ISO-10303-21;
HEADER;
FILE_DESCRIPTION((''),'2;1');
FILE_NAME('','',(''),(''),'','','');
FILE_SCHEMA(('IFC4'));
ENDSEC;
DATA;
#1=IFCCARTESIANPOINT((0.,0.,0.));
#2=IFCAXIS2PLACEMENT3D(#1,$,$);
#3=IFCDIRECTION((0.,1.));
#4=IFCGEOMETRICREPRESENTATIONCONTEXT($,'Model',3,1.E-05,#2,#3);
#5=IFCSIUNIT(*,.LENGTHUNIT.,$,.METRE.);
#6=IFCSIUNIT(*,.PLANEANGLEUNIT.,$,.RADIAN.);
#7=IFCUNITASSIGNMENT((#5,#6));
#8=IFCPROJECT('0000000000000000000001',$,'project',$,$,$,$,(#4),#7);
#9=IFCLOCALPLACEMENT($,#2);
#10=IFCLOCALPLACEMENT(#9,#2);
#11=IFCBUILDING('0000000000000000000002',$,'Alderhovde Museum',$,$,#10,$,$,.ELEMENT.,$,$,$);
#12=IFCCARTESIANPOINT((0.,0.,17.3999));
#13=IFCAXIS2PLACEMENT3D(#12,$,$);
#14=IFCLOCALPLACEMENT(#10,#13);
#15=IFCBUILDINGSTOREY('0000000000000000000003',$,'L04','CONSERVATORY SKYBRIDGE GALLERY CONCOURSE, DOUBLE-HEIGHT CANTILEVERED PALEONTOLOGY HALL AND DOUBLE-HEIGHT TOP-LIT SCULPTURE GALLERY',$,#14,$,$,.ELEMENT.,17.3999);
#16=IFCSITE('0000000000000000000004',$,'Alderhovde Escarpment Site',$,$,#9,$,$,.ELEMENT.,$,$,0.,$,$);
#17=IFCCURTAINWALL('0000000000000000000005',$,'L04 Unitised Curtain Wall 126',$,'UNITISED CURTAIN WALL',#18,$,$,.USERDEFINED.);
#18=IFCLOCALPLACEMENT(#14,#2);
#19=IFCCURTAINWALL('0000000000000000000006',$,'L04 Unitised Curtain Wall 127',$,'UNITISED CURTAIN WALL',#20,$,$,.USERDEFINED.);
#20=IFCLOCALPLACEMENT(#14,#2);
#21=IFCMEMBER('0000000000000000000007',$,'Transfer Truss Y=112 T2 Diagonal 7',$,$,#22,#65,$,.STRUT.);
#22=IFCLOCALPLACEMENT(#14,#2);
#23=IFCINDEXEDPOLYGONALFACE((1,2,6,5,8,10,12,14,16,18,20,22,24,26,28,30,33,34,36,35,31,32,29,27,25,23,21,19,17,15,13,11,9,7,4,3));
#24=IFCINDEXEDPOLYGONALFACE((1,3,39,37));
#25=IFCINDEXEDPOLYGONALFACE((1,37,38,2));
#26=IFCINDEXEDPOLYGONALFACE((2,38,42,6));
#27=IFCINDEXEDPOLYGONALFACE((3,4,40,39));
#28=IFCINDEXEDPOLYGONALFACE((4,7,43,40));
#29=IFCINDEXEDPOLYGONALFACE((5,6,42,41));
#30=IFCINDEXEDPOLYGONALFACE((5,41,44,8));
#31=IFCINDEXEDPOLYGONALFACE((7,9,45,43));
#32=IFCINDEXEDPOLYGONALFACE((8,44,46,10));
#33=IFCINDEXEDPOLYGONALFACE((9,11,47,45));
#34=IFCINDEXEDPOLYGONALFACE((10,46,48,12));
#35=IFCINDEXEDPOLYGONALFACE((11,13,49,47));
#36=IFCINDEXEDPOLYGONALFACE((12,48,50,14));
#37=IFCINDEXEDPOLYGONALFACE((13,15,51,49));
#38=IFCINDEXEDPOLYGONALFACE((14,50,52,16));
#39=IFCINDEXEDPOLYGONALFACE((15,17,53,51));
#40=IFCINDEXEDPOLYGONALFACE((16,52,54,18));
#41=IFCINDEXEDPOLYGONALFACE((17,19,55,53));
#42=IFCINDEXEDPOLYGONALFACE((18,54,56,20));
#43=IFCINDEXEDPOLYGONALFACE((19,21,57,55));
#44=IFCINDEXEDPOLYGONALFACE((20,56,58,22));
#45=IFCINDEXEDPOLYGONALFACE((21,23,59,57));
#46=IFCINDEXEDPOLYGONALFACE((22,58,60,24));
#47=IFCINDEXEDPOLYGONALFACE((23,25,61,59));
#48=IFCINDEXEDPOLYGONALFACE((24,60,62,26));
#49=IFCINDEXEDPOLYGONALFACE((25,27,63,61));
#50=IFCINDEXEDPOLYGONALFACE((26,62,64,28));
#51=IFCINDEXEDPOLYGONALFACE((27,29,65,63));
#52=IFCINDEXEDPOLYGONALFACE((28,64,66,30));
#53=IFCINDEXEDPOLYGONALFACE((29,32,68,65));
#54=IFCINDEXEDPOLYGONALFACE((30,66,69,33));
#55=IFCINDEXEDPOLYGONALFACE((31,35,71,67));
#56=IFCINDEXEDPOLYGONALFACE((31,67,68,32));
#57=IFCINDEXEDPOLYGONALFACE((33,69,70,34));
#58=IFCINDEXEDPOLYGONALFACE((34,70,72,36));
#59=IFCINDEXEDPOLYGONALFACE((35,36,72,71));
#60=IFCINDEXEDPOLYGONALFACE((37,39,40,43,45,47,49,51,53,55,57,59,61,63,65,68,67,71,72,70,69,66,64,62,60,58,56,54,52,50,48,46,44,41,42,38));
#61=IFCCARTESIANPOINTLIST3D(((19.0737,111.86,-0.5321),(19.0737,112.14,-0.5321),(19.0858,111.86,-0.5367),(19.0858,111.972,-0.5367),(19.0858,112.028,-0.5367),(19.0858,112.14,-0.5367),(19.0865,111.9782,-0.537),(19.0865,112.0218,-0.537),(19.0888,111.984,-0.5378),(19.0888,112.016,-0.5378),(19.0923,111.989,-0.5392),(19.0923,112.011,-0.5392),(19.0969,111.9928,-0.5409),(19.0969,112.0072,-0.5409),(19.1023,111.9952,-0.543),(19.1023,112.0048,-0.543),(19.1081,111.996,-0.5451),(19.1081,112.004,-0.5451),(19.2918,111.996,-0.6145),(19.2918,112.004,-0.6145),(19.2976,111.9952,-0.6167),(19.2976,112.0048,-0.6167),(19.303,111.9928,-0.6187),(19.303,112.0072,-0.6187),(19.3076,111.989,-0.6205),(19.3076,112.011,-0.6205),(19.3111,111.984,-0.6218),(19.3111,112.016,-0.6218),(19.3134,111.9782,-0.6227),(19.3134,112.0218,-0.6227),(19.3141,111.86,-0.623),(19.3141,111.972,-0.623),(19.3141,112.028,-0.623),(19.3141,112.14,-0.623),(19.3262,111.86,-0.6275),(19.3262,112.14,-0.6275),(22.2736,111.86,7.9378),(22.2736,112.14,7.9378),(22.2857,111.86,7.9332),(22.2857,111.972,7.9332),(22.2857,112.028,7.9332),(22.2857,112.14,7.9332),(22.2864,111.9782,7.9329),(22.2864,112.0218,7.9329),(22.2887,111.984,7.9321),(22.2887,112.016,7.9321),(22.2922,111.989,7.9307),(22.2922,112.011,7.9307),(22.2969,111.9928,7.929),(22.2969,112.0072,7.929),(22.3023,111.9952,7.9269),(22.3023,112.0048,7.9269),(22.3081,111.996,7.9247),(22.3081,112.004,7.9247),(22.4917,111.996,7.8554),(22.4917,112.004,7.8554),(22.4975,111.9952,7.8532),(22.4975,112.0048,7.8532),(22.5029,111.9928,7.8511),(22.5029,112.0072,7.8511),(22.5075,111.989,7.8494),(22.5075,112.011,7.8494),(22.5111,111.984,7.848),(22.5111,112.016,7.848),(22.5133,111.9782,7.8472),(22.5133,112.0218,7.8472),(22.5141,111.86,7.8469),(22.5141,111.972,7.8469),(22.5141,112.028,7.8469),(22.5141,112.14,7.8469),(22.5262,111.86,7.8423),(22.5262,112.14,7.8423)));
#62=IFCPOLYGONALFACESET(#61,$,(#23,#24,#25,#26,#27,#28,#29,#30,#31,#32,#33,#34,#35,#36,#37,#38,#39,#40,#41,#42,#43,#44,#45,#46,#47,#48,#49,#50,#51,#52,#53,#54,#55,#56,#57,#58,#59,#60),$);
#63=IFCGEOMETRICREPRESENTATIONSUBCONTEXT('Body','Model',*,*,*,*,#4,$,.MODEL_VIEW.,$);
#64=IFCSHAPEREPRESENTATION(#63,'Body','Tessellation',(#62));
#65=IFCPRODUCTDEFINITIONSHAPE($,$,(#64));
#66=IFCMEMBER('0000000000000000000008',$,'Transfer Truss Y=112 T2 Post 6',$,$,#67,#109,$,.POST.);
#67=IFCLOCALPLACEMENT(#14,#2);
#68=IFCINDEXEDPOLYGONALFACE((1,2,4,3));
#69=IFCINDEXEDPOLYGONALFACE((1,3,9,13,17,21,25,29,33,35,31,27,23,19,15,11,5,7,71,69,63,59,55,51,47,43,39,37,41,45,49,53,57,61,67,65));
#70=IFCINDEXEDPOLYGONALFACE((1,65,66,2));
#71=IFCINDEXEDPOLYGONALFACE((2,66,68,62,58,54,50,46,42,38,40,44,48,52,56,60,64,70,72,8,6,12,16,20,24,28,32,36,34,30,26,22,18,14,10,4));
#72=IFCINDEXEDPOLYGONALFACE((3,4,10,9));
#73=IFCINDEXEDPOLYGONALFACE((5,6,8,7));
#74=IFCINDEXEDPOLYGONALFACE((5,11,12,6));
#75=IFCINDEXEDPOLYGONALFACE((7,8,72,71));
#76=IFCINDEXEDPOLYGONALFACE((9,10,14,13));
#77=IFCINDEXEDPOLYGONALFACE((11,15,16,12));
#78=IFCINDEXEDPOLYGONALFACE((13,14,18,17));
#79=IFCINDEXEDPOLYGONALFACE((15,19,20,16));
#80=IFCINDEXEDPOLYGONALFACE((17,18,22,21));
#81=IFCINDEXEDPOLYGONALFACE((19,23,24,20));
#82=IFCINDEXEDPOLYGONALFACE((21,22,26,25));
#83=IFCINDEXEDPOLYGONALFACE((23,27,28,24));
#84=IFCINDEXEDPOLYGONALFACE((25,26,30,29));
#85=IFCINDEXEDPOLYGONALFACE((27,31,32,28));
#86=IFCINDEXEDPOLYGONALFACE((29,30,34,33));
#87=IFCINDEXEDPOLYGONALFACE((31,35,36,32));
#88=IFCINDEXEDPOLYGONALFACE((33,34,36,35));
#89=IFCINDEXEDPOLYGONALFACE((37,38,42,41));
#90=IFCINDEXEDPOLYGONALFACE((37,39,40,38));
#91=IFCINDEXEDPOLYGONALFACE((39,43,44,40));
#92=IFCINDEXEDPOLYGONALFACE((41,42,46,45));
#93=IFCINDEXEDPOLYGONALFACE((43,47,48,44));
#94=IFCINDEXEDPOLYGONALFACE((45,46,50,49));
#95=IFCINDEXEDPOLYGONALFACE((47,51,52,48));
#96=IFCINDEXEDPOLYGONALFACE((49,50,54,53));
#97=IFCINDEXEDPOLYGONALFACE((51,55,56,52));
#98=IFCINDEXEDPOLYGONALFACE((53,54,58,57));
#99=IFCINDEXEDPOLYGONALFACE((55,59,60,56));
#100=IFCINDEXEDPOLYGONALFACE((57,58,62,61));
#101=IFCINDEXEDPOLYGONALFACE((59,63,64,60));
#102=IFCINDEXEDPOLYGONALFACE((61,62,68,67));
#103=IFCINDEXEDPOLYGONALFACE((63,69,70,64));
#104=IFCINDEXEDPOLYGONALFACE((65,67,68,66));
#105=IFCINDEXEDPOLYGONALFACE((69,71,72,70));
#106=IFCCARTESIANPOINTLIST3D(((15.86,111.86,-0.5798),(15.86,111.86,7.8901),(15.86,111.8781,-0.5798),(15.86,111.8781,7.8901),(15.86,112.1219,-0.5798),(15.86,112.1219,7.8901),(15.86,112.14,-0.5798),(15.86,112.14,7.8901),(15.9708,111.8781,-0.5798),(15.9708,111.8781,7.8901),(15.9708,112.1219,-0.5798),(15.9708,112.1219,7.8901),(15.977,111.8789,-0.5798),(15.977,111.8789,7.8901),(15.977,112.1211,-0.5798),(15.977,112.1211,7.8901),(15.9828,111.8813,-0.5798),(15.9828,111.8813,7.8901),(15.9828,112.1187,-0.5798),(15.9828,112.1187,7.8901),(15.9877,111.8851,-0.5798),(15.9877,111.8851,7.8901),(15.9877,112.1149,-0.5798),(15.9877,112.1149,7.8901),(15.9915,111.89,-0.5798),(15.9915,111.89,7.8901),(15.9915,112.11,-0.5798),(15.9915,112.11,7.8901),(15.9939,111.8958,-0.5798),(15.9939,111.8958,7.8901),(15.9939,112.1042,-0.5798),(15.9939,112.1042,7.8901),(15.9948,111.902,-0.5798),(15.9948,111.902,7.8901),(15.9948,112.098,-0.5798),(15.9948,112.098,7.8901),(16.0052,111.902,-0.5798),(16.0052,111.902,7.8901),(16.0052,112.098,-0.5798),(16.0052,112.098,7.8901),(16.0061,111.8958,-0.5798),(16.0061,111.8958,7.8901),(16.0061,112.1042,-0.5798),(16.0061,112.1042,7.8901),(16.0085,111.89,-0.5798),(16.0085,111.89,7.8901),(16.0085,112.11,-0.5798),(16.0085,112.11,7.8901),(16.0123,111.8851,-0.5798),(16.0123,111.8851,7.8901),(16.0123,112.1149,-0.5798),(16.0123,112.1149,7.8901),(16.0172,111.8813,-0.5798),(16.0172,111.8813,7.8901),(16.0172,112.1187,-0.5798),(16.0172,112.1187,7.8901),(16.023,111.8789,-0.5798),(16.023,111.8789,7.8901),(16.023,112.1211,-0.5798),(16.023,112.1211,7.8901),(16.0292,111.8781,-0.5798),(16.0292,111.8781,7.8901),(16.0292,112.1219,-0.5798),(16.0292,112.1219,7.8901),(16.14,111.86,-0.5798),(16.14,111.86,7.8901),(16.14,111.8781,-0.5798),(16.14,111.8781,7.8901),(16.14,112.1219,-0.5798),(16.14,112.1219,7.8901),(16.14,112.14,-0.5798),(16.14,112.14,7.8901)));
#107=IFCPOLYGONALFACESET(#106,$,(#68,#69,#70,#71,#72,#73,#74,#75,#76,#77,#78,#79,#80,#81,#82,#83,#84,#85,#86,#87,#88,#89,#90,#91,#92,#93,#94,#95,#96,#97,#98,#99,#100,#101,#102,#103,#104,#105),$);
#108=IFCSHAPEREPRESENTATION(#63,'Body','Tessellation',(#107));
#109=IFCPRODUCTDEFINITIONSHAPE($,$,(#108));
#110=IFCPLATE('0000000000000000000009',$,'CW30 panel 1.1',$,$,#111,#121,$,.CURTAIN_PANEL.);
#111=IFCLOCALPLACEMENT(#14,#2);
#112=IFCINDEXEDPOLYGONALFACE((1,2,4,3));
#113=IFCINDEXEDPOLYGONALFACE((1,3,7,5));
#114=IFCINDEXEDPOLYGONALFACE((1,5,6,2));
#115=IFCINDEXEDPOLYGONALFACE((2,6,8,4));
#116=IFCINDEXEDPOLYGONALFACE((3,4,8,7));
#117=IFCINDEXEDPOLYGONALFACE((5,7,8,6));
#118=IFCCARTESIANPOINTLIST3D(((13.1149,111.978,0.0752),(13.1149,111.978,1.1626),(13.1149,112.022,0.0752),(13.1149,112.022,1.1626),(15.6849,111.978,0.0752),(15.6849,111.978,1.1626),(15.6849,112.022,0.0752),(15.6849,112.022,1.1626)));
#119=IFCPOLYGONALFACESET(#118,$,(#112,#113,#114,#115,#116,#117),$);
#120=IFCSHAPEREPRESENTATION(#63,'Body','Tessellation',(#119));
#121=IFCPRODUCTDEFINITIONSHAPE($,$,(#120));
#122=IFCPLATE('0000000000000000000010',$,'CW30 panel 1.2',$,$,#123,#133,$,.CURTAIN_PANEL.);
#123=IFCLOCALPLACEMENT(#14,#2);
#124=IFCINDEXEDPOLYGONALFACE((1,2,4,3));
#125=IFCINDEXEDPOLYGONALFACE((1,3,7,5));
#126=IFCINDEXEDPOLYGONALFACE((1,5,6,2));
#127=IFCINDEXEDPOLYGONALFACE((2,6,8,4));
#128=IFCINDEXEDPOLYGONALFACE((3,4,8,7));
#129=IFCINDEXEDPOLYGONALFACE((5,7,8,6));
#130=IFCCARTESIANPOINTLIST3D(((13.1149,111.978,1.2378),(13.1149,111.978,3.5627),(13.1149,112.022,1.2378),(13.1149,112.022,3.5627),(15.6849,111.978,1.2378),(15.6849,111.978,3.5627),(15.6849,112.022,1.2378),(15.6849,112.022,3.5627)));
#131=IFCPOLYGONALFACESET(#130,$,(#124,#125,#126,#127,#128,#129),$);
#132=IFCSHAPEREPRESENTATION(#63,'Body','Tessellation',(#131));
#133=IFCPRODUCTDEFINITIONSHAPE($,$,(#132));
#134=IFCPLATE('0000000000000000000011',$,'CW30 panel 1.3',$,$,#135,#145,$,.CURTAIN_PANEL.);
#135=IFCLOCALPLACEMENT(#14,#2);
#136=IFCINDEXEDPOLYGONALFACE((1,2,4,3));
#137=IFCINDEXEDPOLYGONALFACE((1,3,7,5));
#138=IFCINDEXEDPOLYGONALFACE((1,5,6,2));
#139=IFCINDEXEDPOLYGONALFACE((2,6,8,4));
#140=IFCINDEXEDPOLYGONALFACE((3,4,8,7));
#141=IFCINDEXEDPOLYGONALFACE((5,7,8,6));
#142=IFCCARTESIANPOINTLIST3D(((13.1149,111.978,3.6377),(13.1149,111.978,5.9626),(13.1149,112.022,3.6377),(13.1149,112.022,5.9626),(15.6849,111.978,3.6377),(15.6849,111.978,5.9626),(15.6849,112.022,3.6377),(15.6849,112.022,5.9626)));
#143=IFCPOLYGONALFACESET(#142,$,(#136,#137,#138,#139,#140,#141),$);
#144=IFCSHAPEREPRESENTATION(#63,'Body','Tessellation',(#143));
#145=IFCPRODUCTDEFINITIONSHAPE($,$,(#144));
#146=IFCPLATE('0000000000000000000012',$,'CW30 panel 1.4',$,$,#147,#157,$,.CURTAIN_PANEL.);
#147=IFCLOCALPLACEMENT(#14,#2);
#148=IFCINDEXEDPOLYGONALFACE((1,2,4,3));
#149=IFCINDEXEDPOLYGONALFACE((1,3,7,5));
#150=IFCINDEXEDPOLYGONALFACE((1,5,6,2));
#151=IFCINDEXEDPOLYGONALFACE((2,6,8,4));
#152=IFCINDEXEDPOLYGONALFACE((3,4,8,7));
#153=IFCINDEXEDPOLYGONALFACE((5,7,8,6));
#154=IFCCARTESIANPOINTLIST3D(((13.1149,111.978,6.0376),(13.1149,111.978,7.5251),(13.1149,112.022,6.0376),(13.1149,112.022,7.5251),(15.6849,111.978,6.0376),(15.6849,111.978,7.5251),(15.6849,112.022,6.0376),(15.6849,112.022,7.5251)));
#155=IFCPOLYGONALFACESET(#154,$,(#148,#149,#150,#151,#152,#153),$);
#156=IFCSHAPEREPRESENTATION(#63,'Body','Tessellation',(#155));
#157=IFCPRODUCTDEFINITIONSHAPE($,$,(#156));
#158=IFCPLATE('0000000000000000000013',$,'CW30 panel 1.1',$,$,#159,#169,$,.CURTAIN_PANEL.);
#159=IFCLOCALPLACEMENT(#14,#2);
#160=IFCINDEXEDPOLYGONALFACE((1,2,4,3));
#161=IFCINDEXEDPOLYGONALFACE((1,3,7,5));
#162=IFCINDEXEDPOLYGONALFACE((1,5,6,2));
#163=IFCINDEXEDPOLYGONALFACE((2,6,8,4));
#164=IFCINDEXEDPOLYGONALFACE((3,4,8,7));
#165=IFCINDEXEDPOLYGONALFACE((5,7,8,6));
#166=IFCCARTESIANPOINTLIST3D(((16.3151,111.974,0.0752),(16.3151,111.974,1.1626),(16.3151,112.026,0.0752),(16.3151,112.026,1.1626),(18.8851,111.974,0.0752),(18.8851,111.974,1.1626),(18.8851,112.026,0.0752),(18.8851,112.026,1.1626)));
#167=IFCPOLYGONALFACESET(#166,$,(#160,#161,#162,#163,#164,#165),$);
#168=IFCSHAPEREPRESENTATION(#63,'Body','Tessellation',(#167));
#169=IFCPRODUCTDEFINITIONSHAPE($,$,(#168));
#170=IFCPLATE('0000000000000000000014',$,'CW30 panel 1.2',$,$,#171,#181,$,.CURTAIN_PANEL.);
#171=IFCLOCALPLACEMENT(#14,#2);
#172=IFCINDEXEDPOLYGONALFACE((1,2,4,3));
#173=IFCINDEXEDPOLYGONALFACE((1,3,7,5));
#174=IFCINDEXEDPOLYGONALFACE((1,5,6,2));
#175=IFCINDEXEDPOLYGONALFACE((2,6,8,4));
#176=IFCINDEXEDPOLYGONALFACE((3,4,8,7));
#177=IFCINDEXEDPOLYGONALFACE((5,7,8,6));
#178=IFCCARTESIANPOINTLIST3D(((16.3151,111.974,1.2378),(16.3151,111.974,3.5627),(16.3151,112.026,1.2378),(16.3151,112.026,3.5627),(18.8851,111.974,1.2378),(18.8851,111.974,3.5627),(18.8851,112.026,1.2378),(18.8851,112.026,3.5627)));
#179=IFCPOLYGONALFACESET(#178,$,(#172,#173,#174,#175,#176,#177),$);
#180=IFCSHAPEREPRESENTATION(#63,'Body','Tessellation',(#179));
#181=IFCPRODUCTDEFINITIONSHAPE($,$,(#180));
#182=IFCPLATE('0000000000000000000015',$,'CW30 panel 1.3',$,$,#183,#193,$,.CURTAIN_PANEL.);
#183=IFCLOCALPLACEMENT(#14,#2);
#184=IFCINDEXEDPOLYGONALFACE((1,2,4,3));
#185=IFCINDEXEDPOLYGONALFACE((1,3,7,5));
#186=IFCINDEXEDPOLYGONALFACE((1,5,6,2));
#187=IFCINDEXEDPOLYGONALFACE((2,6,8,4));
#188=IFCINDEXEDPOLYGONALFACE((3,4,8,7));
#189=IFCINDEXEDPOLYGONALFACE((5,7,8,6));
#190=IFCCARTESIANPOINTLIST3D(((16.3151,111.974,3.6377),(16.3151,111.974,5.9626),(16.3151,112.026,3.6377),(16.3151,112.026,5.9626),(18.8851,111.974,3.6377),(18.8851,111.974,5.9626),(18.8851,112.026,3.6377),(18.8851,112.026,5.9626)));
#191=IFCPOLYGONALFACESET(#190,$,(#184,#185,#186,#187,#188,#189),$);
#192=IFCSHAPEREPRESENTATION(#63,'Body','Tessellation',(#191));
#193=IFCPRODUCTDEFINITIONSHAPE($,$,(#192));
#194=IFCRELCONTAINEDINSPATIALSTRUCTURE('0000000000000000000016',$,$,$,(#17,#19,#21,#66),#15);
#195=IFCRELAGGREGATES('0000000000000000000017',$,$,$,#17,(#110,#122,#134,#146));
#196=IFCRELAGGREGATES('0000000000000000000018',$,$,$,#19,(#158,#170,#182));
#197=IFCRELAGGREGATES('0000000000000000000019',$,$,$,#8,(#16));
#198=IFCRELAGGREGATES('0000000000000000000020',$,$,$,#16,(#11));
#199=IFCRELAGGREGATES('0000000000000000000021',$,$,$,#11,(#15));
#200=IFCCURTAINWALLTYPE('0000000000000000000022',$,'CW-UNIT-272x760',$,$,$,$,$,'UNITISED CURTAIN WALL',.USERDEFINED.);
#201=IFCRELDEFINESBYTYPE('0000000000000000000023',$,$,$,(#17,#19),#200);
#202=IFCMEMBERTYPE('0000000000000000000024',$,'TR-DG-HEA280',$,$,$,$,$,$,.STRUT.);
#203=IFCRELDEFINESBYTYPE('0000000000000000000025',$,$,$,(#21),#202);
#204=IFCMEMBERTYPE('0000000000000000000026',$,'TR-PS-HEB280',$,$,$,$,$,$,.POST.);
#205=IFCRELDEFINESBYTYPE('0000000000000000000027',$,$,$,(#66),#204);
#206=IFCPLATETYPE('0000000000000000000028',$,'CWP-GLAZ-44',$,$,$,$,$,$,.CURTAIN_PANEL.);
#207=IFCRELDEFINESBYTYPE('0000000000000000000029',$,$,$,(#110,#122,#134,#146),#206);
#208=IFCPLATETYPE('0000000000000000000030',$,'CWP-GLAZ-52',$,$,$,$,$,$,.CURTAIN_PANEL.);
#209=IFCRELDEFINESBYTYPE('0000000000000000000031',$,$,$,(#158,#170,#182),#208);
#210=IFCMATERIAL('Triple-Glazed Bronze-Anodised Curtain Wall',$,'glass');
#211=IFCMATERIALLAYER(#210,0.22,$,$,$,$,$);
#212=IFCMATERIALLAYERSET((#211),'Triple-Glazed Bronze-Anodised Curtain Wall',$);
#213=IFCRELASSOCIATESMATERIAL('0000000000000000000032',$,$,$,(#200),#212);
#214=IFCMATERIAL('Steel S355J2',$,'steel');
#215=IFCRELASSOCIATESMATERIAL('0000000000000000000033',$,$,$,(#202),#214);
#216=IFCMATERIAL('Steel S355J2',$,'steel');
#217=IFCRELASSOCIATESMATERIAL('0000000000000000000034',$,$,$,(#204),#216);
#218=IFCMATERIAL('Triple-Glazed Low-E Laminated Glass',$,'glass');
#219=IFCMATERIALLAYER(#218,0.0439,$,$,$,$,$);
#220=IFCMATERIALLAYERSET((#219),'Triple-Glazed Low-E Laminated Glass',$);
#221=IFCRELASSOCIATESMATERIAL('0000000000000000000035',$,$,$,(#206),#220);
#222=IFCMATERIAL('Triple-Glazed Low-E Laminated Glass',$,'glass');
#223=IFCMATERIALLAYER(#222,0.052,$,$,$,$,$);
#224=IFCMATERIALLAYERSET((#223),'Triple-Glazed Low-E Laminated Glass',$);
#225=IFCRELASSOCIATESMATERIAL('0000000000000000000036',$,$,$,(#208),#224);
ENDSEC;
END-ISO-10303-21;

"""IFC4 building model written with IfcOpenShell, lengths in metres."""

from ifc_helpers import new_model, si_unit, direction, frame, origin, origin_2d, place, context, subcontext, project, spatial, rectangle, i_section, extrude, material, layer, layer_set, material_profile, profile_set, type_object, element, aggregate, save


model = new_model("IFC4")

# Units and contexts
model_context = context("Model", 3, precision=1e-05, world=origin(), true_north=direction((0.0, 1.0)))
body_context = subcontext(model_context, "Body", "Model", "MODEL_VIEW")
ifc_project = project(units=[si_unit("LENGTHUNIT", "METRE"), si_unit("PLANEANGLEUNIT", "RADIAN")], contexts=[model_context])

# Site, building, storey
site_placement = place(None, origin())
site = spatial("IfcSite", under=ifc_project, at=site_placement, Name="Alderhovde Escarpment Site", CompositionType="ELEMENT", RefElevation=0.0)
building_placement = place(site_placement, origin())
building = spatial("IfcBuilding", under=site, at=building_placement, Name="Alderhovde Museum", CompositionType="ELEMENT")
storey_placement = place(building_placement, frame((0.0, 0.0, 17.3999)))
storey = spatial("IfcBuildingStorey", under=building, at=storey_placement, Name="L04", Description="CONSERVATORY SKYBRIDGE GALLERY CONCOURSE, DOUBLE-HEIGHT CANTILEVERED PALEONTOLOGY HALL AND DOUBLE-HEIGHT TOP-LIT SCULPTURE GALLERY", CompositionType="ELEMENT", Elevation=17.3999)

# Curtain walls
ifc_material_1 = material(Name="Triple-Glazed Bronze-Anodised Curtain Wall", Category="glass")
ifc_layer_1 = layer(ifc_material_1, 0.22)
ifc_layer_set_1 = layer_set([ifc_layer_1], Name="Triple-Glazed Bronze-Anodised Curtain Wall")
curtain_wall_type = type_object("IfcCurtainWallType", Name="CW-UNIT-272x760", ElementType="UNITISED CURTAIN WALL", PredefinedType="USERDEFINED", material=ifc_layer_set_1)
curtain_wall_1_placement = place(storey_placement, origin())
curtain_wall_1 = element("IfcCurtainWall", 1, at=curtain_wall_1_placement, inside=storey, type_object=curtain_wall_type, Name="L04 Unitised Curtain Wall 126", ObjectType="UNITISED CURTAIN WALL", PredefinedType="USERDEFINED")
curtain_wall_2_placement = place(storey_placement, origin())
curtain_wall_2 = element("IfcCurtainWall", 2, at=curtain_wall_2_placement, inside=storey, type_object=curtain_wall_type, Name="L04 Unitised Curtain Wall 127", ObjectType="UNITISED CURTAIN WALL", PredefinedType="USERDEFINED")

# Members
ifc_material_2 = material(Name="Steel S355J2", Category="steel")
ifc_material_profile_1 = material_profile(ifc_material_2, i_section(OverallWidth=0.28, OverallDepth=0.27, WebThickness=0.0081, FlangeThickness=0.0129, FilletRadius=0.0239, at=origin_2d()), Name="HEA 280")
ifc_profile_set_1 = profile_set([ifc_material_profile_1], Name="Steel S355J2")
member_type_1 = type_object("IfcMemberType", Name="TR-DG-HEA280", PredefinedType="STRUT", material=ifc_profile_set_1)
for number, where, z_axis, x_axis, name in (
    (3, (19.2, 112.0, -0.5798), (0.353418, 0.0, 0.935465), (0.0, 1.0, 0.0), "Transfer Truss Y=112 T2 Diagonal 7"),
):
    element("IfcMember", number, at=place(storey_placement, frame(where, z_axis=z_axis, x_axis=x_axis)), inside=storey, type_object=member_type_1, Name=name, PredefinedType="STRUT", context=body_context, shape_type="SweptSolid", body=[
        extrude(i_section(OverallWidth=0.28, OverallDepth=0.27, WebThickness=0.0081, FlangeThickness=0.0129, FilletRadius=0.0239, at=origin_2d()), origin(), (0.0, 0.0, 1.0), 9.0542),
    ])
ifc_material_3 = material(Name="Steel S355J2", Category="steel")
ifc_material_profile_2 = material_profile(ifc_material_3, i_section(OverallWidth=0.28, OverallDepth=0.28, WebThickness=0.0105, FlangeThickness=0.0181, FilletRadius=0.0239, at=origin_2d()), Name="HEB 280")
ifc_profile_set_2 = profile_set([ifc_material_profile_2], Name="Steel S355J2")
member_type_2 = type_object("IfcMemberType", Name="TR-PS-HEB280", PredefinedType="POST", material=ifc_profile_set_2)
member_1_placement = place(storey_placement, frame((16.0, 112.0, -0.5798), z_axis=(0.0, 0.0, 1.0), x_axis=(1.0, 0.0, 0.0)))
element("IfcMember", 4, at=member_1_placement, inside=storey, type_object=member_type_2, Name="Transfer Truss Y=112 T2 Post 6", PredefinedType="POST", context=body_context, shape_type="SweptSolid", body=[
    extrude(i_section(OverallWidth=0.28, OverallDepth=0.28, WebThickness=0.0105, FlangeThickness=0.0181, FilletRadius=0.0239, at=origin_2d()), origin(), (0.0, 0.0, 1.0), 8.47),
])

# Plates
ifc_material_4 = material(Name="Triple-Glazed Low-E Laminated Glass", Category="glass")
ifc_layer_2 = layer(ifc_material_4, 0.0439)
ifc_layer_set_2 = layer_set([ifc_layer_2], Name="Triple-Glazed Low-E Laminated Glass")
plate_type_1 = type_object("IfcPlateType", Name="CWP-GLAZ-44", PredefinedType="CURTAIN_PANEL", material=ifc_layer_set_2)
plate_1_placement = place(storey_placement, frame((14.3999, 112.0, 0.0752), z_axis=(0.0, 0.0, 1.0), x_axis=(1.0, 0.0, 0.0)))
plate_1 = element("IfcPlate", 5, at=plate_1_placement, type_object=plate_type_1, Name="CW30 panel 1.1", PredefinedType="CURTAIN_PANEL", context=body_context, shape_type="SweptSolid", body=[
    extrude(rectangle(XDim=2.5701, YDim=0.0439, at=origin_2d()), origin(), (0.0, 0.0, 1.0), 1.0874),
])
plate_2_placement = place(storey_placement, frame((14.3999, 112.0, 1.2378), z_axis=(0.0, 0.0, 1.0), x_axis=(1.0, 0.0, 0.0)))
plate_2 = element("IfcPlate", 6, at=plate_2_placement, type_object=plate_type_1, Name="CW30 panel 1.2", PredefinedType="CURTAIN_PANEL", context=body_context, shape_type="SweptSolid", body=[
    extrude(rectangle(XDim=2.5701, YDim=0.0439, at=origin_2d()), origin(), (0.0, 0.0, 1.0), 2.325),
])
plate_3_placement = place(storey_placement, frame((14.3999, 112.0, 3.6377), z_axis=(0.0, 0.0, 1.0), x_axis=(1.0, 0.0, 0.0)))
plate_3 = element("IfcPlate", 7, at=plate_3_placement, type_object=plate_type_1, Name="CW30 panel 1.3", PredefinedType="CURTAIN_PANEL", context=body_context, shape_type="SweptSolid", body=[
    extrude(rectangle(XDim=2.5701, YDim=0.0439, at=origin_2d()), origin(), (0.0, 0.0, 1.0), 2.325),
])
plate_4_placement = place(storey_placement, frame((14.3999, 112.0, 6.0376), z_axis=(0.0, 0.0, 1.0), x_axis=(1.0, 0.0, 0.0)))
plate_4 = element("IfcPlate", 8, at=plate_4_placement, type_object=plate_type_1, Name="CW30 panel 1.4", PredefinedType="CURTAIN_PANEL", context=body_context, shape_type="SweptSolid", body=[
    extrude(rectangle(XDim=2.5701, YDim=0.0439, at=origin_2d()), origin(), (0.0, 0.0, 1.0), 1.4875),
])
aggregate(curtain_wall_1, [plate_1, plate_2, plate_3, plate_4])
ifc_material_5 = material(Name="Triple-Glazed Low-E Laminated Glass", Category="glass")
ifc_layer_3 = layer(ifc_material_5, 0.052)
ifc_layer_set_3 = layer_set([ifc_layer_3], Name="Triple-Glazed Low-E Laminated Glass")
plate_type_2 = type_object("IfcPlateType", Name="CWP-GLAZ-52", PredefinedType="CURTAIN_PANEL", material=ifc_layer_set_3)
plate_5_placement = place(storey_placement, frame((17.6001, 112.0, 0.0752), z_axis=(0.0, 0.0, 1.0), x_axis=(1.0, 0.0, 0.0)))
plate_5 = element("IfcPlate", 9, at=plate_5_placement, type_object=plate_type_2, Name="CW30 panel 1.1", PredefinedType="CURTAIN_PANEL", context=body_context, shape_type="SweptSolid", body=[
    extrude(rectangle(XDim=2.5701, YDim=0.052, at=origin_2d()), origin(), (0.0, 0.0, 1.0), 1.0874),
])
plate_6_placement = place(storey_placement, frame((17.6001, 112.0, 1.2378), z_axis=(0.0, 0.0, 1.0), x_axis=(1.0, 0.0, 0.0)))
plate_6 = element("IfcPlate", 10, at=plate_6_placement, type_object=plate_type_2, Name="CW30 panel 1.2", PredefinedType="CURTAIN_PANEL", context=body_context, shape_type="SweptSolid", body=[
    extrude(rectangle(XDim=2.5701, YDim=0.052, at=origin_2d()), origin(), (0.0, 0.0, 1.0), 2.325),
])
plate_7_placement = place(storey_placement, frame((17.6001, 112.0, 3.6377), z_axis=(0.0, 0.0, 1.0), x_axis=(1.0, 0.0, 0.0)))
plate_7 = element("IfcPlate", 11, at=plate_7_placement, type_object=plate_type_2, Name="CW30 panel 1.3", PredefinedType="CURTAIN_PANEL", context=body_context, shape_type="SweptSolid", body=[
    extrude(rectangle(XDim=2.5701, YDim=0.052, at=origin_2d()), origin(), (0.0, 0.0, 1.0), 2.325),
])
aggregate(curtain_wall_2, [plate_5, plate_6, plate_7])

save(model, "model.ifc")
